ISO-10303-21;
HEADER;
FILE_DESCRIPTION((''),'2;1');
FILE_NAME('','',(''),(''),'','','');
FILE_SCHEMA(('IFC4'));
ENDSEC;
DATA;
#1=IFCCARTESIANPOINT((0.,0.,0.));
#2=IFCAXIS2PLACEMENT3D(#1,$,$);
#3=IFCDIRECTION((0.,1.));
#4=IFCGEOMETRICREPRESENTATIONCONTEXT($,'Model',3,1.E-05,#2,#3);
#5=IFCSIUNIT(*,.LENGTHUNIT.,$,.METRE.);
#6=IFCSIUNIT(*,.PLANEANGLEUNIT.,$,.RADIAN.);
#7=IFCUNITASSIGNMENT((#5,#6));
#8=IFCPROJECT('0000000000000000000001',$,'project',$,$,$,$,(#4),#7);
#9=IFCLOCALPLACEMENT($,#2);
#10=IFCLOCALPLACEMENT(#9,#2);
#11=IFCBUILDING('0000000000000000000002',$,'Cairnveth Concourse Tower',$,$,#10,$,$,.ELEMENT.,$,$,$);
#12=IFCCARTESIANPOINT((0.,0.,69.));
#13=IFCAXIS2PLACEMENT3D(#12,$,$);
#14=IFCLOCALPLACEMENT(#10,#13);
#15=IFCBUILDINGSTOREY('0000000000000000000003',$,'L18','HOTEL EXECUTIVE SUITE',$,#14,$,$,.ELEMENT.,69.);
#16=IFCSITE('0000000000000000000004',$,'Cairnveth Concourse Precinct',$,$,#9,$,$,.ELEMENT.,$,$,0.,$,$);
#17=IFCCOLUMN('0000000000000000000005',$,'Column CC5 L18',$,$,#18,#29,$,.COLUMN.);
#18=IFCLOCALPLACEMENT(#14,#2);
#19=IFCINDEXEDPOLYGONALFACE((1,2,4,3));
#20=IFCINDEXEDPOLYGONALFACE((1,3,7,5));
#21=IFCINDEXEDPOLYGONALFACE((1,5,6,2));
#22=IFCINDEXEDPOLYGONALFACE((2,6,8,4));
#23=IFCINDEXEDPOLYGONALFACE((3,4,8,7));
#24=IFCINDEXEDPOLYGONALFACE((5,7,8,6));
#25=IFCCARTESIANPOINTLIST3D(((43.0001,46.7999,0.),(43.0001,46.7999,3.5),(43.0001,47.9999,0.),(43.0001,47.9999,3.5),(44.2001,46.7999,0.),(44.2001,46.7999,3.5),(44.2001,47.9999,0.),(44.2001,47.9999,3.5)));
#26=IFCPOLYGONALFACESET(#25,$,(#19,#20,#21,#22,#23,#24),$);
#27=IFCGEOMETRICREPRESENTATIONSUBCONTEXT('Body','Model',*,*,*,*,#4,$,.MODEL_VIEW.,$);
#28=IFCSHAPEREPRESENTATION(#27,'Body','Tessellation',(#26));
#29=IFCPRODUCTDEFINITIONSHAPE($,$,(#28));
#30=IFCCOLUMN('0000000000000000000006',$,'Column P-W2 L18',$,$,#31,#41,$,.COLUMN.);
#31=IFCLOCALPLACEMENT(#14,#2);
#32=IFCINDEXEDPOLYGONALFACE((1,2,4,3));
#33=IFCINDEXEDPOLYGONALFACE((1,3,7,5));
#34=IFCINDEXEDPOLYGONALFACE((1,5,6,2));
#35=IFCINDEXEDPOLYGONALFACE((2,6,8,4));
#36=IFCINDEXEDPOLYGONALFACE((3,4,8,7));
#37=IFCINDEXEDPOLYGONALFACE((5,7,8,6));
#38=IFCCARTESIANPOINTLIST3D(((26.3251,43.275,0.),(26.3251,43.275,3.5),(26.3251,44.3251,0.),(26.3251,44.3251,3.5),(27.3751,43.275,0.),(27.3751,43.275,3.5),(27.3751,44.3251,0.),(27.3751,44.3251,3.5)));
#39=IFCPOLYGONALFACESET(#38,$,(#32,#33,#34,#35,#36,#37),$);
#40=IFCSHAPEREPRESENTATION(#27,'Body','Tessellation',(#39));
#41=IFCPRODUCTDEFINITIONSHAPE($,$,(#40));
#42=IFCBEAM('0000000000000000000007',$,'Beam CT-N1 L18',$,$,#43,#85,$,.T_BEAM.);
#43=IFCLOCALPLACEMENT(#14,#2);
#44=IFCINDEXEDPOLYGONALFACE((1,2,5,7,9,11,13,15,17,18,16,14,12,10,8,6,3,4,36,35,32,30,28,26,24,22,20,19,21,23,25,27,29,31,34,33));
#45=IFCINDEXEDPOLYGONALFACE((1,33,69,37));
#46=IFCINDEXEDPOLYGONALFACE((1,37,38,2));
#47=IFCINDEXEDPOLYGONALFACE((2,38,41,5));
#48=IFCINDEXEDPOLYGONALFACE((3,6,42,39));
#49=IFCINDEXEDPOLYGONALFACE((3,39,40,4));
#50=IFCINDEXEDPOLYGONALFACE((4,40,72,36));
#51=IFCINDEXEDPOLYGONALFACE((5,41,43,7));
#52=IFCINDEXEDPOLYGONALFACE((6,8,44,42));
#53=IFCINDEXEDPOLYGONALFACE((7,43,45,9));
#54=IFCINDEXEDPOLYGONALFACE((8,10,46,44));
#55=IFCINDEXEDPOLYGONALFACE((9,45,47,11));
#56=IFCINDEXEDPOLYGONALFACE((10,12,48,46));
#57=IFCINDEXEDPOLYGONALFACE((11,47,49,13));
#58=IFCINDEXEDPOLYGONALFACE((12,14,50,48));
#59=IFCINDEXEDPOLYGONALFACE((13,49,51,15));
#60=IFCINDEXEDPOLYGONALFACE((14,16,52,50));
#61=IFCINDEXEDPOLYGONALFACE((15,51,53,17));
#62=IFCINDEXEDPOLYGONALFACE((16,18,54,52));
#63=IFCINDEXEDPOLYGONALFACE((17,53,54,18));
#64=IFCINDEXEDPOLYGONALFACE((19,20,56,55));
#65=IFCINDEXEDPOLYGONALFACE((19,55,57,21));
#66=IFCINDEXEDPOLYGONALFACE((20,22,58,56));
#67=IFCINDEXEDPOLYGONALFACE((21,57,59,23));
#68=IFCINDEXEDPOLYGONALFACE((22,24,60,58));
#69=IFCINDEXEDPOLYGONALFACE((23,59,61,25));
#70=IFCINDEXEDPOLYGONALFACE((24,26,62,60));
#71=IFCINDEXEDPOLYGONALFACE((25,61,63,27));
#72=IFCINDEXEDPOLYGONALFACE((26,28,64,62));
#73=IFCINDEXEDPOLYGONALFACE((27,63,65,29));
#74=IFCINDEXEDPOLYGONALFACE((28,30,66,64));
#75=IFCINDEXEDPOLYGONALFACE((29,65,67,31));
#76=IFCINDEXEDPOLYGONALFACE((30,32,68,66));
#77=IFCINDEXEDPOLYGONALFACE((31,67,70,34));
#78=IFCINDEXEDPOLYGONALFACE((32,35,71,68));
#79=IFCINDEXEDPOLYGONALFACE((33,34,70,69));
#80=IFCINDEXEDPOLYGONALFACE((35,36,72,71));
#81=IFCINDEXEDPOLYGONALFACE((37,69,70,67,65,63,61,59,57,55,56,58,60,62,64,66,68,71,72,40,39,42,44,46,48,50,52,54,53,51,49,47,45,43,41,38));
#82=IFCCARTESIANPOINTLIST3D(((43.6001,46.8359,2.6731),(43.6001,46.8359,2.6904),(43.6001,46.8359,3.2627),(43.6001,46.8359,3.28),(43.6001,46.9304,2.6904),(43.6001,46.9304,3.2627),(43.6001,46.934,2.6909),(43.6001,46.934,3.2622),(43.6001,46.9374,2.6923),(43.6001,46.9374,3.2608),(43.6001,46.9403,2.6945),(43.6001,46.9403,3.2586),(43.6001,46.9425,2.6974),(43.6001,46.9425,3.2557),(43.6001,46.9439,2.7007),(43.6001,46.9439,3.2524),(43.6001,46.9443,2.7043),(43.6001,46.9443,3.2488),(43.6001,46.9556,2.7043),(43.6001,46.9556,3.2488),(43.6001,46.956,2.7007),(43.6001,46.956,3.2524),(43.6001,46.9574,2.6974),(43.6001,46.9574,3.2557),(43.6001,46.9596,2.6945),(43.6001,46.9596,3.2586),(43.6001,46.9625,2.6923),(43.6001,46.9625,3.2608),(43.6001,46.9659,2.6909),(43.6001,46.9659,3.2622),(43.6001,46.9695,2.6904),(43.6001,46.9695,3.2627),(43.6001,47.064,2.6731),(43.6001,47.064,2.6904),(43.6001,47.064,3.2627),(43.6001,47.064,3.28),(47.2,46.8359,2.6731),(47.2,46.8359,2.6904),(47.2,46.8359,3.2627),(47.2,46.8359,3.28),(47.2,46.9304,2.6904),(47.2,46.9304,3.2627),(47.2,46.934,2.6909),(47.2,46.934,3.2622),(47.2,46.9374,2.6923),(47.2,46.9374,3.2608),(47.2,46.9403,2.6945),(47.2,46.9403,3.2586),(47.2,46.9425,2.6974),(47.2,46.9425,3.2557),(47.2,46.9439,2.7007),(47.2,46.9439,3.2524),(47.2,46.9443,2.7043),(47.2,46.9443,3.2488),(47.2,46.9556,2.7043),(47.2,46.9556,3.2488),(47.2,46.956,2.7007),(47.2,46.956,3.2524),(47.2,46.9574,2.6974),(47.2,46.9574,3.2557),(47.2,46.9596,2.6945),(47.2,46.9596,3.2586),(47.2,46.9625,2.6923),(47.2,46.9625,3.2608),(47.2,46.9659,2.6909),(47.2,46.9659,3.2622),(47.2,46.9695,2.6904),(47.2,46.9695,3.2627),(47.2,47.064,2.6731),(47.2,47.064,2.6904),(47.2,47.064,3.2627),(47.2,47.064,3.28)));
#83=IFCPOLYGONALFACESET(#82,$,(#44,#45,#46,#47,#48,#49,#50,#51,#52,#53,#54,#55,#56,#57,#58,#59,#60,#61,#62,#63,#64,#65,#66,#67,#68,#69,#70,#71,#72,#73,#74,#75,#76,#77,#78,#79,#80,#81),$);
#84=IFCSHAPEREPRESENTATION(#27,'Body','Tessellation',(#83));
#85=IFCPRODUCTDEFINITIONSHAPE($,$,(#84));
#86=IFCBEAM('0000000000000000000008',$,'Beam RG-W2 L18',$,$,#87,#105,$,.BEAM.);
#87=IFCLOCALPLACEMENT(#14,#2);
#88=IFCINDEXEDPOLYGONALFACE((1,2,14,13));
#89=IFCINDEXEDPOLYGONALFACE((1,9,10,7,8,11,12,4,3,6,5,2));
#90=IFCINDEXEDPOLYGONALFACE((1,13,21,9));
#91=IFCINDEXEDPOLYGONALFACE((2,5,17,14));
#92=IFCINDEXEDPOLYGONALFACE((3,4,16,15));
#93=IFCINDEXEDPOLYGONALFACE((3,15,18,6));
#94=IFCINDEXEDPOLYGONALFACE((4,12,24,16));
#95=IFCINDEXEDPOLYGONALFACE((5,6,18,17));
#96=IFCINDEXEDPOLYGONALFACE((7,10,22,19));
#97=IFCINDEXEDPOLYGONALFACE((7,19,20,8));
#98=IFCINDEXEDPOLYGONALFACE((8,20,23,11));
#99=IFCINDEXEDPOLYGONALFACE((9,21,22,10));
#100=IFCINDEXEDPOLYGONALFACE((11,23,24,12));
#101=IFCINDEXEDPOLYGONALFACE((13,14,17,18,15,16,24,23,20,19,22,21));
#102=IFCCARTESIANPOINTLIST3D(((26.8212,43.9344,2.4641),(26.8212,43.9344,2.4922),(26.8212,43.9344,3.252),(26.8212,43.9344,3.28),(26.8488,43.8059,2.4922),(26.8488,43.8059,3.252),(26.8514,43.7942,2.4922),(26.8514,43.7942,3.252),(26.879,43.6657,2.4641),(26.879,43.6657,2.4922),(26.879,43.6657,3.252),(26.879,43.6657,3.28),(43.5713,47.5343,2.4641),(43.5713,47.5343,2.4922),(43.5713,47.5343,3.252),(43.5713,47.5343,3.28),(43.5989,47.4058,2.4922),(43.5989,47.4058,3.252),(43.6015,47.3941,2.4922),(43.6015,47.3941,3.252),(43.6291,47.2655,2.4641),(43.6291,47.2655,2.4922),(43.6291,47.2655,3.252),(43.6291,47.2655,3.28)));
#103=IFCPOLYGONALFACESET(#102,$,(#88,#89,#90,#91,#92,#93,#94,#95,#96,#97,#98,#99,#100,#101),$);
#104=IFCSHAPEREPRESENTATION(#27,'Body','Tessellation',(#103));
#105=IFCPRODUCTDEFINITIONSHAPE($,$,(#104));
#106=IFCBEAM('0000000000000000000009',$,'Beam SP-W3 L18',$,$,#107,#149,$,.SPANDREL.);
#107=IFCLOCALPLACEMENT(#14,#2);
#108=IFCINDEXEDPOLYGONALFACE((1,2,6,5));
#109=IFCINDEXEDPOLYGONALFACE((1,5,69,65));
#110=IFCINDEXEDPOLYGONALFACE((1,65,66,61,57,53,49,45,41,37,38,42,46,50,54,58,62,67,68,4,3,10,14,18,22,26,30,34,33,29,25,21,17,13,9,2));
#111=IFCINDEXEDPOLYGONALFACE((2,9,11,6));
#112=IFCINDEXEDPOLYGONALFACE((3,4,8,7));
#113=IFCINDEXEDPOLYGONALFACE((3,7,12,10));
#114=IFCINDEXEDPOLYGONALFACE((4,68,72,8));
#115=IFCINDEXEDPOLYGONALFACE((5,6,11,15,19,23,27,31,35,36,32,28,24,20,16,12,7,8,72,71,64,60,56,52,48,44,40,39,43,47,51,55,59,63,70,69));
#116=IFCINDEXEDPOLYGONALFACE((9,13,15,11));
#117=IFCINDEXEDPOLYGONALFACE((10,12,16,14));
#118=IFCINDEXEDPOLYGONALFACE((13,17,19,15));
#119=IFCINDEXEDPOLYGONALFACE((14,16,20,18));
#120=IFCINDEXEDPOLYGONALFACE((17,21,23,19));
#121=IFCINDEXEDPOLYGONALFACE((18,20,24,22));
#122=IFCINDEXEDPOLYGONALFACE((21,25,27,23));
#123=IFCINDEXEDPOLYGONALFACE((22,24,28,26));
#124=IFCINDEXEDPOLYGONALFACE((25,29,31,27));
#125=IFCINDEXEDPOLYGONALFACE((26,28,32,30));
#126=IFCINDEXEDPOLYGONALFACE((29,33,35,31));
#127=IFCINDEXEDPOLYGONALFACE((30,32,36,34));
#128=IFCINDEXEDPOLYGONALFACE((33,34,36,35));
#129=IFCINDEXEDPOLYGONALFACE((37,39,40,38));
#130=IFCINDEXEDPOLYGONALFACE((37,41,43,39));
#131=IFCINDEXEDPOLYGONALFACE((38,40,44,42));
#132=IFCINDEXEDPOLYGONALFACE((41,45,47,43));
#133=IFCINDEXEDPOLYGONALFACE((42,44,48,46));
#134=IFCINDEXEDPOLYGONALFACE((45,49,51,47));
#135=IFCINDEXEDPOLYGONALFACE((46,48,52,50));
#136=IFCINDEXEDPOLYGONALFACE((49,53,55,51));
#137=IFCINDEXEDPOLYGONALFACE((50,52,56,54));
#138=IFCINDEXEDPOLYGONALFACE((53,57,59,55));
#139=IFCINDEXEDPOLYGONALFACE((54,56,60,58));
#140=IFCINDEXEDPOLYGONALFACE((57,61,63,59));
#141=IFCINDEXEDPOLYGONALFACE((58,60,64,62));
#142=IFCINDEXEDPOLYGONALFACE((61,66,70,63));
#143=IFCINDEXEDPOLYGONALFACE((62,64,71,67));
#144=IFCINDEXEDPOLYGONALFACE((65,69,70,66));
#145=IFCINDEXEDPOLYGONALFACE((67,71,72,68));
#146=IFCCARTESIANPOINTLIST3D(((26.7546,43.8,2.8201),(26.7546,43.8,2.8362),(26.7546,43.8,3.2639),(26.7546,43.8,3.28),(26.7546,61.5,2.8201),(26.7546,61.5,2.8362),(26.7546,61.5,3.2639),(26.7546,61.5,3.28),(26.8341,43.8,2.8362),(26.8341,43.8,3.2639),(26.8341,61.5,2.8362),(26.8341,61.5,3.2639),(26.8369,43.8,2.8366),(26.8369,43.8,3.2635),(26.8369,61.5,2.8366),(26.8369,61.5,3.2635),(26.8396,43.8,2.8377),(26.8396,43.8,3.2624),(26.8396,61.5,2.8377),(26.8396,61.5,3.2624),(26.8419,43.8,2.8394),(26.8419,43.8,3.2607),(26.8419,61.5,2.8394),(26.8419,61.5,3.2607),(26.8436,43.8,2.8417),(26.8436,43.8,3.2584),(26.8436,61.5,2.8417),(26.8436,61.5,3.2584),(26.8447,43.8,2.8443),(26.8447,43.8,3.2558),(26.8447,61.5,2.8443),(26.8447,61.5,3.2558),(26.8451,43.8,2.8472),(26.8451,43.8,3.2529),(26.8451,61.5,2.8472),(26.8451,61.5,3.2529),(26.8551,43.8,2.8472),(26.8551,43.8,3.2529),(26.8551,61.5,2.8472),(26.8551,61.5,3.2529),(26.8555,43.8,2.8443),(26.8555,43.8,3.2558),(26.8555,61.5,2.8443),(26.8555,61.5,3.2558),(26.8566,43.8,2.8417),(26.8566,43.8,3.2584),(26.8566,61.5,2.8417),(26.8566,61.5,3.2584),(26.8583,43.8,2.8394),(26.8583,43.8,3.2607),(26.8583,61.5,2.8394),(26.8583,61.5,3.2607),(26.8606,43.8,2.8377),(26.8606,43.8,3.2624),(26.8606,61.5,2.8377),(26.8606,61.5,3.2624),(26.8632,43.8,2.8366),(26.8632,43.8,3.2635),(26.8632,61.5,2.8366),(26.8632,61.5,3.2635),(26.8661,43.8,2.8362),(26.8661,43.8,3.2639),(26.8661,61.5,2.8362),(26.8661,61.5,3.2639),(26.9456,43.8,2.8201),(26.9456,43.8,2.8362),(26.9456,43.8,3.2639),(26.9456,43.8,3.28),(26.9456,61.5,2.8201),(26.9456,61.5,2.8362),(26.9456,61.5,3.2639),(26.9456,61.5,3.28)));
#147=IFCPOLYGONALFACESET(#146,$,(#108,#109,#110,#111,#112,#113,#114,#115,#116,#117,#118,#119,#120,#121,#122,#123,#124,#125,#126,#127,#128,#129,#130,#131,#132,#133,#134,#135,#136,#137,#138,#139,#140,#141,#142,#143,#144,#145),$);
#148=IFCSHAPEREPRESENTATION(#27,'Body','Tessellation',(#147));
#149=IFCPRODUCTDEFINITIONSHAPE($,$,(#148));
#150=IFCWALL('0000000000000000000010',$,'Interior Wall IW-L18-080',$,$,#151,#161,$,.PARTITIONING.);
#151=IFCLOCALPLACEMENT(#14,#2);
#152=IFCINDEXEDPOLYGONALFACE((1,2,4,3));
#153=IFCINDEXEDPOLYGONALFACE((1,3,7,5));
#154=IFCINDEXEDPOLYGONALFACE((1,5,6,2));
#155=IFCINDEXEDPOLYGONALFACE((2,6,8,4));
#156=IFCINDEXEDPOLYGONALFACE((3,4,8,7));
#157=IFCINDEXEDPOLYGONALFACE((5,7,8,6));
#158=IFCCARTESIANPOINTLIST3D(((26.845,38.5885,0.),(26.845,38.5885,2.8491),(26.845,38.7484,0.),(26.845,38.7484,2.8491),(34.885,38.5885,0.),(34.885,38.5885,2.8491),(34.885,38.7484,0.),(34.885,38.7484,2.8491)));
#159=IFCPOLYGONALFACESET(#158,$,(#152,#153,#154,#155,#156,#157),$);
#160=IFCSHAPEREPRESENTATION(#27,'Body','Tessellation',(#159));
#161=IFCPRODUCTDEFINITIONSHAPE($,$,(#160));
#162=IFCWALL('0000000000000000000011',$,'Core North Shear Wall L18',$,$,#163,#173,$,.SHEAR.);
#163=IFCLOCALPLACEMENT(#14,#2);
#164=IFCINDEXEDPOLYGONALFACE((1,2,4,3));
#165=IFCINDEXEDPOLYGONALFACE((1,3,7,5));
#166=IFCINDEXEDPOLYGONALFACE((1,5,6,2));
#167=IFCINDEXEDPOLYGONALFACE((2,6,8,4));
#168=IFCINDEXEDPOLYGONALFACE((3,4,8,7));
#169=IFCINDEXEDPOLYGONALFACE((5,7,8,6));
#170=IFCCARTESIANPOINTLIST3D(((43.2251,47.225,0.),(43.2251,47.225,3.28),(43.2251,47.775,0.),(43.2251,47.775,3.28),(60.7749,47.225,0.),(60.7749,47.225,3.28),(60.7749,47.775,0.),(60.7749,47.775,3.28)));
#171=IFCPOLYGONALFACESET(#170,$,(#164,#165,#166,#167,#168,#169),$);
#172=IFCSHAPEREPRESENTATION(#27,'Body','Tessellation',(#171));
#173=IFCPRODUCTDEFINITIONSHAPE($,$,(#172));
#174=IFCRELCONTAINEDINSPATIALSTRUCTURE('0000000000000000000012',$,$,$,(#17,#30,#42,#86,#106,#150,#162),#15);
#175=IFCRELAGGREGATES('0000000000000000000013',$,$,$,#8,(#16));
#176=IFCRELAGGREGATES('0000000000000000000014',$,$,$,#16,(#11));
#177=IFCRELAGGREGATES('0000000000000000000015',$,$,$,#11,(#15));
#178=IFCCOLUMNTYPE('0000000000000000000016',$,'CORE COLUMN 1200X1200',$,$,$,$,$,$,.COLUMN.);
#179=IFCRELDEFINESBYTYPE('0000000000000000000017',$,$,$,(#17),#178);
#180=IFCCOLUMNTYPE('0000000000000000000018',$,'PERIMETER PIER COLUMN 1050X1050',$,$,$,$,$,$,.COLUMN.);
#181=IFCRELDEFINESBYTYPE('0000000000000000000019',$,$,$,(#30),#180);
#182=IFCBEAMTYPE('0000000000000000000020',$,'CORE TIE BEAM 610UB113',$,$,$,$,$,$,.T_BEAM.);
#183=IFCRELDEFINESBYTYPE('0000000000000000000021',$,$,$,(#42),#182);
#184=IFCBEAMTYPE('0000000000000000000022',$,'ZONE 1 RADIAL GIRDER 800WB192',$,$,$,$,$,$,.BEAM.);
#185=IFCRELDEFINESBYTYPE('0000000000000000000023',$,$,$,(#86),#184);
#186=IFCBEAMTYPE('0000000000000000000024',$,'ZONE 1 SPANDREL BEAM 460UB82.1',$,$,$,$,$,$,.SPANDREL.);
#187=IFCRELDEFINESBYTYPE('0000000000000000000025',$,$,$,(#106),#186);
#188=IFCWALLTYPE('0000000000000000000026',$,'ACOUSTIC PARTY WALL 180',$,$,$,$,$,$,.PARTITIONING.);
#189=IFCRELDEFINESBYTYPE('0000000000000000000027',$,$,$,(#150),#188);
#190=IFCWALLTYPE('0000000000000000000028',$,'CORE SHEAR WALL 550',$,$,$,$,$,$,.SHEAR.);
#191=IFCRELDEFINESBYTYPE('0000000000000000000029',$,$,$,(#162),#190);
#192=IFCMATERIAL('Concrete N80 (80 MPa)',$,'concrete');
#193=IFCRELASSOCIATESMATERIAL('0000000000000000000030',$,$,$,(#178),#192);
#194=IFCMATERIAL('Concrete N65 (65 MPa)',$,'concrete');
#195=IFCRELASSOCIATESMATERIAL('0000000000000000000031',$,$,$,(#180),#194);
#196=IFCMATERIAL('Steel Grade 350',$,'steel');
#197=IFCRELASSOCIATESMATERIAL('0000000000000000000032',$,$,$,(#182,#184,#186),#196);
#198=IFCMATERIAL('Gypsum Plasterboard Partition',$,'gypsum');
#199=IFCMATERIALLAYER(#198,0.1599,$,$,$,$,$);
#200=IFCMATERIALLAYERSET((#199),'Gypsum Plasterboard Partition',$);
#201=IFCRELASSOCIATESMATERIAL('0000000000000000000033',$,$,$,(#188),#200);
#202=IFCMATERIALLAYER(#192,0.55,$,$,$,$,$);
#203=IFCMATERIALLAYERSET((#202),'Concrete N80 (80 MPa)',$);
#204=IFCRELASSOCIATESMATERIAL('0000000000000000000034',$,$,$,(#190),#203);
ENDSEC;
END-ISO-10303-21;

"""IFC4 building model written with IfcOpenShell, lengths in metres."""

from ifc_helpers import new_model, si_unit, direction, frame, frame_2d, origin, origin_2d, place, context, subcontext, project, spatial, rectangle, i_section, extrude, material, layer, layer_set, material_profile, profile_set, type_object, element, save


model = new_model("IFC4")

# Units and contexts
model_context = context("Model", 3, precision=1e-05, world=origin(), true_north=direction((0.0, 1.0)))
body_context = subcontext(model_context, "Body", "Model", "MODEL_VIEW")
ifc_project = project(units=[si_unit("LENGTHUNIT", "METRE"), si_unit("PLANEANGLEUNIT", "RADIAN")], contexts=[model_context])

# Site, building, storey
site_placement = place(None, origin())
site = spatial("IfcSite", under=ifc_project, at=site_placement, Name="Cairnveth Concourse Precinct", CompositionType="ELEMENT", RefElevation=0.0)
building_placement = place(site_placement, origin())
building = spatial("IfcBuilding", under=site, at=building_placement, Name="Cairnveth Concourse Tower", CompositionType="ELEMENT")
storey_placement = place(building_placement, frame((0.0, 0.0, 69.0)))
storey = spatial("IfcBuildingStorey", under=building, at=storey_placement, Name="L18", Description="HOTEL EXECUTIVE SUITE", CompositionType="ELEMENT", Elevation=69.0)

# Columns
ifc_material_1 = material(Name="Concrete N80 (80 MPa)", Category="concrete")
ifc_material_profile_1 = material_profile(ifc_material_1, rectangle(XDim=1.2, YDim=1.2, at=origin_2d()), Name="RC-COL-1200x1200")
ifc_profile_set_1 = profile_set([ifc_material_profile_1], Name="Concrete N80 (80 MPa)")
column_type_1 = type_object("IfcColumnType", Name="CORE COLUMN 1200X1200", PredefinedType="COLUMN", material=ifc_profile_set_1)
column_1_placement = place(storey_placement, frame((43.6001, 47.3999, 0.0), z_axis=(0.0, 0.0, 1.0), x_axis=(1.0, 0.0, 0.0)))
element("IfcColumn", 1, at=column_1_placement, inside=storey, type_object=column_type_1, Name="Column CC5 L18", PredefinedType="COLUMN", context=body_context, shape_type="SweptSolid", body=[
    extrude(rectangle(XDim=1.2, YDim=1.2, at=origin_2d()), origin(), (0.0, 0.0, 1.0), 3.5),
])
ifc_material_2 = material(Name="Concrete N65 (65 MPa)", Category="concrete")
ifc_material_profile_2 = material_profile(ifc_material_2, rectangle(XDim=1.05, YDim=1.05, at=origin_2d()), Name="RC-COL-1050x1050")
ifc_profile_set_2 = profile_set([ifc_material_profile_2], Name="Concrete N65 (65 MPa)")
column_type_2 = type_object("IfcColumnType", Name="PERIMETER PIER COLUMN 1050X1050", PredefinedType="COLUMN", material=ifc_profile_set_2)
column_2_placement = place(storey_placement, frame((26.8501, 43.8, 0.0), z_axis=(0.0, 0.0, 1.0), x_axis=(0.0, 1.0, 0.0)))
element("IfcColumn", 2, at=column_2_placement, inside=storey, type_object=column_type_2, Name="Column P-W2 L18", PredefinedType="COLUMN", context=body_context, shape_type="SweptSolid", body=[
    extrude(rectangle(XDim=1.05, YDim=1.05, at=origin_2d()), origin(), (0.0, 0.0, 1.0), 3.5),
])

# Beams
ifc_material_3 = material(Name="Steel Grade 350", Category="steel")
ifc_material_profile_3 = material_profile(ifc_material_3, i_section(OverallWidth=0.228, OverallDepth=0.6069, WebThickness=0.0112, FlangeThickness=0.0173, FilletRadius=0.0139, at=origin_2d()), Name="610UB113")
ifc_profile_set_3 = profile_set([ifc_material_profile_3], Name="Steel Grade 350")
beam_type_1 = type_object("IfcBeamType", Name="CORE TIE BEAM 610UB113", PredefinedType="T_BEAM", material=ifc_profile_set_3)
beam_1_placement = place(storey_placement, frame((43.6001, 46.95, 2.9766), z_axis=(1.0, 0.0, 0.0), x_axis=(0.0, 1.0, 0.0)))
element("IfcBeam", 3, at=beam_1_placement, inside=storey, type_object=beam_type_1, Name="Beam CT-N1 L18", PredefinedType="T_BEAM", context=body_context, shape_type="SweptSolid", body=[
    extrude(i_section(OverallWidth=0.228, OverallDepth=0.6069, WebThickness=0.0112, FlangeThickness=0.0173, FilletRadius=0.0139, at=origin_2d()), origin(), (0.0, 0.0, 1.0), 3.5999),
])
ifc_material_profile_4 = material_profile(ifc_material_3, i_section(OverallWidth=0.2749, OverallDepth=0.8159, WebThickness=0.012, FlangeThickness=0.0281, at=origin_2d()), Name="800WB192")
ifc_profile_set_4 = profile_set([ifc_material_profile_4], Name="Steel Grade 350")
beam_type_2 = type_object("IfcBeamType", Name="ZONE 1 RADIAL GIRDER 800WB192", PredefinedType="BEAM", material=ifc_profile_set_4)
beam_2_placement = place(storey_placement, frame((26.8501, 43.8, 2.8721), z_axis=(0.977676, 0.210119, 0.0), x_axis=(-0.210119, 0.977676, 0.0)))
element("IfcBeam", 4, at=beam_2_placement, inside=storey, type_object=beam_type_2, Name="Beam RG-W2 L18", PredefinedType="BEAM", context=body_context, shape_type="SweptSolid", body=[
    extrude(i_section(OverallWidth=0.2749, OverallDepth=0.8159, WebThickness=0.012, FlangeThickness=0.0281, at=origin_2d()), origin(), (0.0, 0.0, 1.0), 17.1326),
])
ifc_material_profile_5 = material_profile(ifc_material_3, i_section(OverallWidth=0.1909, OverallDepth=0.46, WebThickness=0.01, FlangeThickness=0.0161, FilletRadius=0.011, at=origin_2d()), Name="460UB82.1")
ifc_profile_set_5 = profile_set([ifc_material_profile_5], Name="Steel Grade 350")
beam_type_3 = type_object("IfcBeamType", Name="ZONE 1 SPANDREL BEAM 460UB82.1", PredefinedType="SPANDREL", material=ifc_profile_set_5)
beam_3_placement = place(storey_placement, frame((26.8501, 43.8, 3.05), z_axis=(0.0, 1.0, 0.0), x_axis=(-1.0, 0.0, 0.0)))
element("IfcBeam", 5, at=beam_3_placement, inside=storey, type_object=beam_type_3, Name="Beam SP-W3 L18", PredefinedType="SPANDREL", context=body_context, shape_type="SweptSolid", body=[
    extrude(i_section(OverallWidth=0.1909, OverallDepth=0.46, WebThickness=0.01, FlangeThickness=0.0161, FilletRadius=0.011, at=origin_2d()), origin(), (0.0, 0.0, 1.0), 17.7),
])

# Walls
ifc_material_4 = material(Name="Gypsum Plasterboard Partition", Category="gypsum")
ifc_layer_1 = layer(ifc_material_4, 0.1599)
ifc_layer_set_1 = layer_set([ifc_layer_1], Name="Gypsum Plasterboard Partition")
wall_type_1 = type_object("IfcWallType", Name="ACOUSTIC PARTY WALL 180", PredefinedType="PARTITIONING", material=ifc_layer_set_1)
wall_1_placement = place(storey_placement, frame((26.845, 38.6685, 0.0), z_axis=(0.0, 0.0, 1.0), x_axis=(1.0, 0.0, 0.0)))
element("IfcWall", 6, at=wall_1_placement, inside=storey, type_object=wall_type_1, Name="Interior Wall IW-L18-080", PredefinedType="PARTITIONING", context=body_context, shape_type="SweptSolid", body=[
    extrude(rectangle(XDim=8.04, YDim=0.1599, at=frame_2d((4.02, 0.0))), origin(), (0.0, 0.0, 1.0), 2.8491),
])
ifc_layer_2 = layer(ifc_material_1, 0.55)
ifc_layer_set_2 = layer_set([ifc_layer_2], Name="Concrete N80 (80 MPa)")
wall_type_2 = type_object("IfcWallType", Name="CORE SHEAR WALL 550", PredefinedType="SHEAR", material=ifc_layer_set_2)
wall_2_placement = place(storey_placement, frame((43.2251, 47.5, 0.0), z_axis=(0.0, 0.0, 1.0), x_axis=(1.0, 0.0, 0.0)))
element("IfcWall", 7, at=wall_2_placement, inside=storey, type_object=wall_type_2, Name="Core North Shear Wall L18", PredefinedType="SHEAR", context=body_context, shape_type="SweptSolid", body=[
    extrude(rectangle(XDim=17.5498, YDim=0.55, at=frame_2d((8.7749, 0.0))), origin(), (0.0, 0.0, 1.0), 3.28),
])

save(model, "model.ifc")
